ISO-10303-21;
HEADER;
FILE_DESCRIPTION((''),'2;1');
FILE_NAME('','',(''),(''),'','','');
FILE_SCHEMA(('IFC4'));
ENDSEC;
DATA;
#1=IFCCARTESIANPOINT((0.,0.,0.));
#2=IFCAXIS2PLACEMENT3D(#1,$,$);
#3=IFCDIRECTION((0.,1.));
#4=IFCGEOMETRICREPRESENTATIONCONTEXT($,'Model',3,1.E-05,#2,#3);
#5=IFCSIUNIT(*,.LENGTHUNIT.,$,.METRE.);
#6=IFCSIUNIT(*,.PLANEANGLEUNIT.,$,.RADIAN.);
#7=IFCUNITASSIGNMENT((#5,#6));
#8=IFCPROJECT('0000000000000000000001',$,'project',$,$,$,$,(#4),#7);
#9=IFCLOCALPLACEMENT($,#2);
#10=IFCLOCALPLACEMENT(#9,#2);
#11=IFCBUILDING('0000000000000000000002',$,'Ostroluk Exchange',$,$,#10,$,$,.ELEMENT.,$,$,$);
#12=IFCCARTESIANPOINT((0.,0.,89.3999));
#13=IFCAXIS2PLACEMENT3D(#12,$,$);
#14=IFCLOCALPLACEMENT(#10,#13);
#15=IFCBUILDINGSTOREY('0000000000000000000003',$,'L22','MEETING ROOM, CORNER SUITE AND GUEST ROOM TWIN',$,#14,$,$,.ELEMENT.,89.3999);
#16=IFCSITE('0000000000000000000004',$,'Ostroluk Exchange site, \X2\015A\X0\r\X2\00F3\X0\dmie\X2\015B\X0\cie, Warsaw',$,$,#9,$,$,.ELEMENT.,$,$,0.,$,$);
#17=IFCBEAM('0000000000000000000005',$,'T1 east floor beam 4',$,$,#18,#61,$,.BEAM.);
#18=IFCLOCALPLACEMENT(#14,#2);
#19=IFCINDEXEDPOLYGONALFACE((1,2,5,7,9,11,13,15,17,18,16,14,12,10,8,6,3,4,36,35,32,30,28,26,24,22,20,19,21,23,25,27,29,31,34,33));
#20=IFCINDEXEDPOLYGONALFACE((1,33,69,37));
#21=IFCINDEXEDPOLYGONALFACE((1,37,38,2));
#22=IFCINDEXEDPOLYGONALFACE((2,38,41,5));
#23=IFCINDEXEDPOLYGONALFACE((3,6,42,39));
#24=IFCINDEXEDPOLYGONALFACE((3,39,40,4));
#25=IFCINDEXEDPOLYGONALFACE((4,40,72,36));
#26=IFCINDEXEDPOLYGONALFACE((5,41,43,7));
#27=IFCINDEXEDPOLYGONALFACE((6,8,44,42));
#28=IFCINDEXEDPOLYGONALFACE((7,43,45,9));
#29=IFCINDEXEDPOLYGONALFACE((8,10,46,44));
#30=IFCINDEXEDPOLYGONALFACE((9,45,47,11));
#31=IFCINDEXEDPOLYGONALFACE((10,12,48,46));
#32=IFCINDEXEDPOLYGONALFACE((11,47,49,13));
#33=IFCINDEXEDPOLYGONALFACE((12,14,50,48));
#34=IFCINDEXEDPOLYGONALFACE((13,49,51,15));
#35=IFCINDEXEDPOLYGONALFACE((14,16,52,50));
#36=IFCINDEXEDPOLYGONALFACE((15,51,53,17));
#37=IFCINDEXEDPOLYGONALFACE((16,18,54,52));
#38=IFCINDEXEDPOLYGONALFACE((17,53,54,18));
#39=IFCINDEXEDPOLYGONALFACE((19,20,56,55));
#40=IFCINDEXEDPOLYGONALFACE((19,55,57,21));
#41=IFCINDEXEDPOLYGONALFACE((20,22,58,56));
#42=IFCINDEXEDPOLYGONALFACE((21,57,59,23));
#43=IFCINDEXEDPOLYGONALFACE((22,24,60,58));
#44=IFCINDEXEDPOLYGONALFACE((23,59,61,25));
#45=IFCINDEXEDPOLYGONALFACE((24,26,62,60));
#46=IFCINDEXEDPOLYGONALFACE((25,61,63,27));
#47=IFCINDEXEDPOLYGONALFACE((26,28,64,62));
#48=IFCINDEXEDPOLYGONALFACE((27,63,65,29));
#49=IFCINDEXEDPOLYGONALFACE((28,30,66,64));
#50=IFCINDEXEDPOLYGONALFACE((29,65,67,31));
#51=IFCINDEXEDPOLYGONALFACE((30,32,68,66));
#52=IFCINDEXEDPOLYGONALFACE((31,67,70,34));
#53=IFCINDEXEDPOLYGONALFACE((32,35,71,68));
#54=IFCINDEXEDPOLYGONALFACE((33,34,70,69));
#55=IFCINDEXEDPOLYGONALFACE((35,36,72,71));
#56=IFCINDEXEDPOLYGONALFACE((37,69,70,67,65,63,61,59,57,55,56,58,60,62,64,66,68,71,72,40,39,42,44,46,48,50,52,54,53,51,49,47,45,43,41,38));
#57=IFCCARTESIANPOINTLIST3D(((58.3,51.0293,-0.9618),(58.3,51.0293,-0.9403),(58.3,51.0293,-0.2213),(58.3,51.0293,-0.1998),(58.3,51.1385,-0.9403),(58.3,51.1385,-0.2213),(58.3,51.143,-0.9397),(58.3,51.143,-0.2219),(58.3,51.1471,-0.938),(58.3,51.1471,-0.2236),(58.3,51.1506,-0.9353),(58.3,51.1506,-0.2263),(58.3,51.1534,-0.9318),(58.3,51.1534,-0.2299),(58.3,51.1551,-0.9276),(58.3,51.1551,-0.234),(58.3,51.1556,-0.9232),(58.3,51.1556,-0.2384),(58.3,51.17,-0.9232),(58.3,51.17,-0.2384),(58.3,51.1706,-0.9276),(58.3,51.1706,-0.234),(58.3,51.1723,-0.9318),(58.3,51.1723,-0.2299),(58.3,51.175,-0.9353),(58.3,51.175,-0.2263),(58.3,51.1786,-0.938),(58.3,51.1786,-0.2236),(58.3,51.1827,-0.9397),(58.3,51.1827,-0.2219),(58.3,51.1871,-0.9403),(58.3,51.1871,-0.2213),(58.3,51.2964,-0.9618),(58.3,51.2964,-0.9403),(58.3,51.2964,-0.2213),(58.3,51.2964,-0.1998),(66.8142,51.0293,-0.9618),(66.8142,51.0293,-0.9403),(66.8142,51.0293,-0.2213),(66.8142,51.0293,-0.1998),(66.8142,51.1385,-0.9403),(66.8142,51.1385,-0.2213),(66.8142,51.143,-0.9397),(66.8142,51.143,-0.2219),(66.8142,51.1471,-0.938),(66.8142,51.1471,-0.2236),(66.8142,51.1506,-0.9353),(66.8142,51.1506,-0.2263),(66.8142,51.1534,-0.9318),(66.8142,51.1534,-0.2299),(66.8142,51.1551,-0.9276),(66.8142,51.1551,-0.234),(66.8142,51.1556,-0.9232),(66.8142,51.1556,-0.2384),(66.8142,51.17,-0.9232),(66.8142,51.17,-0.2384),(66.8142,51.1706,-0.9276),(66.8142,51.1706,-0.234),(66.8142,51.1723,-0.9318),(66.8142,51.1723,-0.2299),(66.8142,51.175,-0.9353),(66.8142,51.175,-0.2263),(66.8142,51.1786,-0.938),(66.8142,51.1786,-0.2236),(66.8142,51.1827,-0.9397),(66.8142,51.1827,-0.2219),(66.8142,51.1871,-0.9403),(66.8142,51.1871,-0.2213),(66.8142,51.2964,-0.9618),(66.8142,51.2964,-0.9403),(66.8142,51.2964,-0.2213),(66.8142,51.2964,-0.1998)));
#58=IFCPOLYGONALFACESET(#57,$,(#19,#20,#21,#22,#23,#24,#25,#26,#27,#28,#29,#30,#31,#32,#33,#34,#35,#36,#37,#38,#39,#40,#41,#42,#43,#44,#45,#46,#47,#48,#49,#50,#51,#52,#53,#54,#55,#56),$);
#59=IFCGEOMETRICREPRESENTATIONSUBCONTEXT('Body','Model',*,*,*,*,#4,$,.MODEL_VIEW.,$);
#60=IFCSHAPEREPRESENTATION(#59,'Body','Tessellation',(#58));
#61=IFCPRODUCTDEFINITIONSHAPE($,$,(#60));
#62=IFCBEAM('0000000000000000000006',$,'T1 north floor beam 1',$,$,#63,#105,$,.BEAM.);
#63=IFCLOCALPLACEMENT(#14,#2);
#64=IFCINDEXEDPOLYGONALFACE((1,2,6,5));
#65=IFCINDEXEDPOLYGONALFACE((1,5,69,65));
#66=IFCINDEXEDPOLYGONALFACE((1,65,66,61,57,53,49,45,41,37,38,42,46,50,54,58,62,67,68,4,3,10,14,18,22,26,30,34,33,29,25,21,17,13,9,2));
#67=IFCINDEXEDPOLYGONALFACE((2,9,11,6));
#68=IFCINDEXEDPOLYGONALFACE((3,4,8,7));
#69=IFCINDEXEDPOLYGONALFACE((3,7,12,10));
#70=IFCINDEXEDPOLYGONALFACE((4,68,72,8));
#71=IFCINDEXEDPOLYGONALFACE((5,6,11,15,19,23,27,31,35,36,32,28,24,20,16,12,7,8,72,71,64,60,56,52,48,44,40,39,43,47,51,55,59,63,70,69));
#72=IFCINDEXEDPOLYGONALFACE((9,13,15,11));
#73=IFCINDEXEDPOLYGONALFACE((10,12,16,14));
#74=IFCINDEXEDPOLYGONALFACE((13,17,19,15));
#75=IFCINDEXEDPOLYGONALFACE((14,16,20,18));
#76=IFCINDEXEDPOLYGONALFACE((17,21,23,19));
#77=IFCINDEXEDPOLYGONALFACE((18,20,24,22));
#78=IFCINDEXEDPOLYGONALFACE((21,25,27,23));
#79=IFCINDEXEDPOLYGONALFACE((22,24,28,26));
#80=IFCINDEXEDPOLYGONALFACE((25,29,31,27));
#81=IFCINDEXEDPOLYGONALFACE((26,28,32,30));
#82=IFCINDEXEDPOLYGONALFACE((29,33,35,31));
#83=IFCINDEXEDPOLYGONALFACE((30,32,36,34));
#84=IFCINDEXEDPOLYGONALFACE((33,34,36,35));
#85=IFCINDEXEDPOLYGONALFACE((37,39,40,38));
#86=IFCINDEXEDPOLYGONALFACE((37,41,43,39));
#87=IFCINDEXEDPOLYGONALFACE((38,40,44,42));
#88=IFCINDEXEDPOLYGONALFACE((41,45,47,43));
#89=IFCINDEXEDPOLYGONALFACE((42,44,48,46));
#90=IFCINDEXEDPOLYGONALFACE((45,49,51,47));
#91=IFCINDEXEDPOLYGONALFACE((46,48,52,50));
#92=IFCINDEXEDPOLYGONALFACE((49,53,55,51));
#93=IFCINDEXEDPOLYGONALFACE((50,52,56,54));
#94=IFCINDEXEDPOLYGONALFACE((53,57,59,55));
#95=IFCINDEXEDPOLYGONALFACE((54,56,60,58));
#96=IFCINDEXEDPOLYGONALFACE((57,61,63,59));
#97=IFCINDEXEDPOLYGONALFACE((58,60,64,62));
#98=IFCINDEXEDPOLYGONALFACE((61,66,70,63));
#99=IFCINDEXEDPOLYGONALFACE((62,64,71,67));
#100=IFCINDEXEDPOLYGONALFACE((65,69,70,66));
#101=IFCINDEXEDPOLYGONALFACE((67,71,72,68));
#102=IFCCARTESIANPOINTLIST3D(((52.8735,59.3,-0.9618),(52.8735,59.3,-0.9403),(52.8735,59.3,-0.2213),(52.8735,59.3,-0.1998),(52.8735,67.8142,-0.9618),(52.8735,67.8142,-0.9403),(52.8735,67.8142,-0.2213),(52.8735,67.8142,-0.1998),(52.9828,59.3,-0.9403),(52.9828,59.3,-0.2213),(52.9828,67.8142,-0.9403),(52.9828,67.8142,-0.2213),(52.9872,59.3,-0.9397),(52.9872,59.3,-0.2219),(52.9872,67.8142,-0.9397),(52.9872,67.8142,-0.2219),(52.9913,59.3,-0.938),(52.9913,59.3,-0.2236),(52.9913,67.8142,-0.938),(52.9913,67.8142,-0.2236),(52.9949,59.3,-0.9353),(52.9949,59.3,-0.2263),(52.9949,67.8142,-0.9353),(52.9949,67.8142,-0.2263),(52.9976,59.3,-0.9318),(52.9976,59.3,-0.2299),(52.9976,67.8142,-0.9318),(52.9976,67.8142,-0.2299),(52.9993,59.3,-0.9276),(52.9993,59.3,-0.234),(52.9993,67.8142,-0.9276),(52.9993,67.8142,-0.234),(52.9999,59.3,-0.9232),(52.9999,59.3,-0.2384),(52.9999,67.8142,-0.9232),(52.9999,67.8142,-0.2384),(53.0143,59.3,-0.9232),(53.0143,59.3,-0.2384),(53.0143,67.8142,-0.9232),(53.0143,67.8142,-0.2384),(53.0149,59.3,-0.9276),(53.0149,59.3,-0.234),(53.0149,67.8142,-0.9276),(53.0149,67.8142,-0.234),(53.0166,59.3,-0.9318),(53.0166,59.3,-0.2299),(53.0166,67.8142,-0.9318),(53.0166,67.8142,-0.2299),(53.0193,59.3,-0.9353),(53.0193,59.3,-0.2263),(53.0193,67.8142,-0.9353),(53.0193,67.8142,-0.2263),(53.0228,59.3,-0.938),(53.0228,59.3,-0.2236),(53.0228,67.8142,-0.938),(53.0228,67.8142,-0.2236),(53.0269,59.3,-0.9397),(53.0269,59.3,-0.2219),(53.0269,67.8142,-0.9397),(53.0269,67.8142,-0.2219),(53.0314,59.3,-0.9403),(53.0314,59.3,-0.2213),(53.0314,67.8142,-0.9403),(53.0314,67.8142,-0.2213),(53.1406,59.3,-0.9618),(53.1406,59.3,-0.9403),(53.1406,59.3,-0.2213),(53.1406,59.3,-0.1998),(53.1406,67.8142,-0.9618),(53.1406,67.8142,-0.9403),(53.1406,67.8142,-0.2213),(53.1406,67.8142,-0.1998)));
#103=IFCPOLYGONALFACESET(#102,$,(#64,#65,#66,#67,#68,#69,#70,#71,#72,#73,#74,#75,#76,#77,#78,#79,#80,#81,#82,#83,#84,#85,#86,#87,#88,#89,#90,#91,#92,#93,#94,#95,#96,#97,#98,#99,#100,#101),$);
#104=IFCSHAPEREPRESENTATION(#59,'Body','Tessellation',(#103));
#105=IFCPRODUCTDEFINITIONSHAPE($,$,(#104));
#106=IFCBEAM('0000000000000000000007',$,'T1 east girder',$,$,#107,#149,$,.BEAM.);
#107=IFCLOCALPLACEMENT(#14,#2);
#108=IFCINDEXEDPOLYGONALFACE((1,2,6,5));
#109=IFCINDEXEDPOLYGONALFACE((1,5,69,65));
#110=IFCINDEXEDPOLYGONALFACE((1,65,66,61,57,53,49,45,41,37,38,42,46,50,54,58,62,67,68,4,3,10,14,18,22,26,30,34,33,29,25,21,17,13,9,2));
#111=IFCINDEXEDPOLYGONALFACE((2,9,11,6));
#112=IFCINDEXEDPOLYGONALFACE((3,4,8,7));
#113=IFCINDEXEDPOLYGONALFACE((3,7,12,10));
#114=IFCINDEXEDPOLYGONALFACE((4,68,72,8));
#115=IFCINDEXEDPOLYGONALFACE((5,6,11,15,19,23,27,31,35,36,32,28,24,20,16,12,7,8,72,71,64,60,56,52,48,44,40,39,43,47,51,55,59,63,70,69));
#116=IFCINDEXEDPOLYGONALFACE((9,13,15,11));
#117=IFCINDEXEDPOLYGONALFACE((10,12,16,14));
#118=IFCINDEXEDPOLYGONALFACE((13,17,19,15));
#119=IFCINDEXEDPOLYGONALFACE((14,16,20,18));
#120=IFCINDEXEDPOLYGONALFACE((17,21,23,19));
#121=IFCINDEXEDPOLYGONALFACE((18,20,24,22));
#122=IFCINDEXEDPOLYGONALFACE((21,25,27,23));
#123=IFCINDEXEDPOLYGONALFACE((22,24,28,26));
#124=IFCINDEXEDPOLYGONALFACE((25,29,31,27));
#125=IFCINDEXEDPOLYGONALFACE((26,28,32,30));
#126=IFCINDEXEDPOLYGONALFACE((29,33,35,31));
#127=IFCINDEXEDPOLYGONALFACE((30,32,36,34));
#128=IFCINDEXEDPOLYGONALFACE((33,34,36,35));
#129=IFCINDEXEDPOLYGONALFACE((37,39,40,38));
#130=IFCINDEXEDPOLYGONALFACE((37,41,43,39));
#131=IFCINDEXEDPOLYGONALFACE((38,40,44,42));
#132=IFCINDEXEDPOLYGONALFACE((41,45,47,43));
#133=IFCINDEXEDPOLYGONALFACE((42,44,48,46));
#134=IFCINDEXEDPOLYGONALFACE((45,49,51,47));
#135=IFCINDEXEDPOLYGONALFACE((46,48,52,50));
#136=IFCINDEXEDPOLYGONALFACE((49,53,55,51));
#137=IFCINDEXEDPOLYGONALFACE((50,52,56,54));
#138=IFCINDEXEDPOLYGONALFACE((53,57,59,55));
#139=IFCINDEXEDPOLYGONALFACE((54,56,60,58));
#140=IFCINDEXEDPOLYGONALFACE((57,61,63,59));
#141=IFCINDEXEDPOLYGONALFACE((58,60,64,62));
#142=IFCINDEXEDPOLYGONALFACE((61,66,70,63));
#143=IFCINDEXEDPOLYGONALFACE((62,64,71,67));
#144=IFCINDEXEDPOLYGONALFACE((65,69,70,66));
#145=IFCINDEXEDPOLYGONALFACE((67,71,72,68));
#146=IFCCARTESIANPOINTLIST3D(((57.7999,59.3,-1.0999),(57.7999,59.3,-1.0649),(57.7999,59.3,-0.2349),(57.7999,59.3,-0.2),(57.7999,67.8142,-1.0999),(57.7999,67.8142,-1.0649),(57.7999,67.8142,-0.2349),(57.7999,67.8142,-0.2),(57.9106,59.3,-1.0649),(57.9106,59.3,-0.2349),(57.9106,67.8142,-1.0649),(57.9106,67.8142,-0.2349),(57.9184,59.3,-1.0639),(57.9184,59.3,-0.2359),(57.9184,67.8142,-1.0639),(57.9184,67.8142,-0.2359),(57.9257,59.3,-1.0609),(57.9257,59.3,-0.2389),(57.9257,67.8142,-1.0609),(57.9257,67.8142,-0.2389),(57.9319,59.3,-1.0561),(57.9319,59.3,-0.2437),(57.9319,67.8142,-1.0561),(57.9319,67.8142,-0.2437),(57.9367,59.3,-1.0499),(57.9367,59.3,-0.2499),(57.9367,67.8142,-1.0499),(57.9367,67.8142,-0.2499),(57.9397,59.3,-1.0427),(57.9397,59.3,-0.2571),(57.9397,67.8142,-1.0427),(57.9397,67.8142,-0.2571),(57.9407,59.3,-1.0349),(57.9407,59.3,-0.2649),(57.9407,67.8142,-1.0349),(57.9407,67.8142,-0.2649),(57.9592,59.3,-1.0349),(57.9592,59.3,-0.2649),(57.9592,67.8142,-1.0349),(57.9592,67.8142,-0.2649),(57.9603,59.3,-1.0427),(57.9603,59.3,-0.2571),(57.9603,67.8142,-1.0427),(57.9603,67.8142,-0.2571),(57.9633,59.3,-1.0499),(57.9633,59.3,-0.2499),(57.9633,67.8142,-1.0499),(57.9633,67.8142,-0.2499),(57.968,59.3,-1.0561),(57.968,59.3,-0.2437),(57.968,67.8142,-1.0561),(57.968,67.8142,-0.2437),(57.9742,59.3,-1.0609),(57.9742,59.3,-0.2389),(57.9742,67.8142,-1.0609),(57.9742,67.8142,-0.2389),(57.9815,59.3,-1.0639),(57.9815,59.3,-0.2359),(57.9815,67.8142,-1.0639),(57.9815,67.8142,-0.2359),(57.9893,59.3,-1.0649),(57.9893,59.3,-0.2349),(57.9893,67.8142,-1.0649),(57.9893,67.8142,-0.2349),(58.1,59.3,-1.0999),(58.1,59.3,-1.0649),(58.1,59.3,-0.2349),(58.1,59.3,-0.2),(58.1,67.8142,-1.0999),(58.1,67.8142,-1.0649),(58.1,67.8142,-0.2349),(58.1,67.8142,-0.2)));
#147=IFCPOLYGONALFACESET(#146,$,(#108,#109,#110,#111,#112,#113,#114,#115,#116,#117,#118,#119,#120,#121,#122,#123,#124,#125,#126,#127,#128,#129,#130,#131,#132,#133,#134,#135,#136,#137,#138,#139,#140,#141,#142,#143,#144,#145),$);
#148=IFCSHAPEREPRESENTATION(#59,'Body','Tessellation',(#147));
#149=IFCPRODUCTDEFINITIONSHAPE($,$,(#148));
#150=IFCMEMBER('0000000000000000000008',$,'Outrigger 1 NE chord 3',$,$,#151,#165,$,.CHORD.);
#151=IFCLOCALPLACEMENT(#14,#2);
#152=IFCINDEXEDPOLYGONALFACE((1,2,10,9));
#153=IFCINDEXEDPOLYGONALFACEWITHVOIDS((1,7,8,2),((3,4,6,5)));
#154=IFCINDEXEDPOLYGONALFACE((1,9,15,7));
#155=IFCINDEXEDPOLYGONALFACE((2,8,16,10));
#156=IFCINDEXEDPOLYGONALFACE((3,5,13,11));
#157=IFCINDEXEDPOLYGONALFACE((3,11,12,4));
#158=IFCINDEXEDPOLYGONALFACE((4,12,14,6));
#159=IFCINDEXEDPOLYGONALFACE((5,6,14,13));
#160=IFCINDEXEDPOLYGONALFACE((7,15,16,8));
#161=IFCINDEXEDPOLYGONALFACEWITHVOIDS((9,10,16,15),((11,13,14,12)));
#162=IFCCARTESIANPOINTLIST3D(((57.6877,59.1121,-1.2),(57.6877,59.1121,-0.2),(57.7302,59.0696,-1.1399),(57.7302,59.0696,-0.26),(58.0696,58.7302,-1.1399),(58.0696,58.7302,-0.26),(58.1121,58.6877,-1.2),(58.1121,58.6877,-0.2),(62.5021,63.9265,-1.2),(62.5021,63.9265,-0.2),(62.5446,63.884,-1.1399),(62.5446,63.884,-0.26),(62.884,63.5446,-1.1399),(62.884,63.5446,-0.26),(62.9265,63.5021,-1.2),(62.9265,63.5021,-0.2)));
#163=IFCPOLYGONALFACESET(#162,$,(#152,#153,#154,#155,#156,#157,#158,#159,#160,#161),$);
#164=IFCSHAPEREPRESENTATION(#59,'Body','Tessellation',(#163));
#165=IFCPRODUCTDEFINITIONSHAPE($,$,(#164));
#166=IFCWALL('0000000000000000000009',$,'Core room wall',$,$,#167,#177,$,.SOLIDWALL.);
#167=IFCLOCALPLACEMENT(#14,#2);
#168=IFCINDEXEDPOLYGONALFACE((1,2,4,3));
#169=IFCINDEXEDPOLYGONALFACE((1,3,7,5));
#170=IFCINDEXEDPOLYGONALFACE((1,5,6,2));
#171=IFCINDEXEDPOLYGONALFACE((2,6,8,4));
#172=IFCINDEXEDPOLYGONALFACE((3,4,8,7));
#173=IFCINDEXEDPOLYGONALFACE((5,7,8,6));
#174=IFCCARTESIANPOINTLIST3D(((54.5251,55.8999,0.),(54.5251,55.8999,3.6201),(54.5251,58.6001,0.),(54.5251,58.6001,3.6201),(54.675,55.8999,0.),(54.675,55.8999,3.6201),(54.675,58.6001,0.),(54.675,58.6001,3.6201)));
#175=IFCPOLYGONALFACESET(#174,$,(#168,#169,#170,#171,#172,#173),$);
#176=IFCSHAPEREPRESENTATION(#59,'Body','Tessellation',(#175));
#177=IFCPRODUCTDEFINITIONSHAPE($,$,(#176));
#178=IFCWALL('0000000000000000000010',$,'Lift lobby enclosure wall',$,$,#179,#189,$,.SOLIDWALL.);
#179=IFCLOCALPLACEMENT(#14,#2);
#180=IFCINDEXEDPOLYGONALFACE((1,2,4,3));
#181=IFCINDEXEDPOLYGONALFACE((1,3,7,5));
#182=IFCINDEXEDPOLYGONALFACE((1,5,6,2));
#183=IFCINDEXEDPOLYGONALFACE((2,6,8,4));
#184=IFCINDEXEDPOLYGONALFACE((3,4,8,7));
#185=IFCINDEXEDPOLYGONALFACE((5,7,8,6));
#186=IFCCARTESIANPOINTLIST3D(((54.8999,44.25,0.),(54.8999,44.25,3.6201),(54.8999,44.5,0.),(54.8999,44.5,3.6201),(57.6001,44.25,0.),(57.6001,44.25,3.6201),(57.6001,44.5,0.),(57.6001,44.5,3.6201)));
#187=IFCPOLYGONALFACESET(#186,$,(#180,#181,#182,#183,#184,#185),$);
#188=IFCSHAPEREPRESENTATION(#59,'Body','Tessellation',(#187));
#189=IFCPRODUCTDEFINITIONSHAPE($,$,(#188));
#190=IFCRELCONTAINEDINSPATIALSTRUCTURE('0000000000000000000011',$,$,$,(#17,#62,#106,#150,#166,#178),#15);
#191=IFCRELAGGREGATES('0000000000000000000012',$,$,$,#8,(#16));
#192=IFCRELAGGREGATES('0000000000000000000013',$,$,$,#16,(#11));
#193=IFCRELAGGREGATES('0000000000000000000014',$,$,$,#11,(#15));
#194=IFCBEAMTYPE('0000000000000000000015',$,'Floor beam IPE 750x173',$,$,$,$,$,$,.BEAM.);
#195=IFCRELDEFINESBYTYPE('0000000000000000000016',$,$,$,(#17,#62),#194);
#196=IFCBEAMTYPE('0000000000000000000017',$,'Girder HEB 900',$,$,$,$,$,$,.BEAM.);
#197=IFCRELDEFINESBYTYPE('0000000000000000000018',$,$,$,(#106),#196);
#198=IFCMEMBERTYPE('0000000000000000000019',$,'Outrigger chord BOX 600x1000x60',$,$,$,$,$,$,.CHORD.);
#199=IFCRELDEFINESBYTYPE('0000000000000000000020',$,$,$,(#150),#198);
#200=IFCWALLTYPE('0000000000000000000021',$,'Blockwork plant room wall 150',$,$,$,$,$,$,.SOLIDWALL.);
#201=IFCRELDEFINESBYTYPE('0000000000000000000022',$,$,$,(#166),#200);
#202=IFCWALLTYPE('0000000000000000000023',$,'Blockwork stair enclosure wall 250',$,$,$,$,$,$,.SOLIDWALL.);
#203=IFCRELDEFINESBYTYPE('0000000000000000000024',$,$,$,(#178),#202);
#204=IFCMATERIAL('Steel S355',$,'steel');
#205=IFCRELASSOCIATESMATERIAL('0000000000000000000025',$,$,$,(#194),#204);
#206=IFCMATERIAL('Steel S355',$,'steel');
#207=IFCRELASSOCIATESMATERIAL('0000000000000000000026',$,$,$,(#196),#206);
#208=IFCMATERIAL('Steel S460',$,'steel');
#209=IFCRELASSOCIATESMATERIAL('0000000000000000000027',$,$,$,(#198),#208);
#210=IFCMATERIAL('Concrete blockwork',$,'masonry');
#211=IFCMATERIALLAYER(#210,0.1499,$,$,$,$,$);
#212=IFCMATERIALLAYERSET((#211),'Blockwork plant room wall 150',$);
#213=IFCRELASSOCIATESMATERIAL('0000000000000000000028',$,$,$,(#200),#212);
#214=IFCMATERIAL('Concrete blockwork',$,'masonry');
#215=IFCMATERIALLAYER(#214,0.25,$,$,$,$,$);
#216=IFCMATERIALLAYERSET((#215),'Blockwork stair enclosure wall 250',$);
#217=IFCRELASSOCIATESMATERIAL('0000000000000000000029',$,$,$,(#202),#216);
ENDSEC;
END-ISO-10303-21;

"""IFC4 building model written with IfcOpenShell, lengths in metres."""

from ifc_helpers import new_model, si_unit, direction, frame, frame_2d, origin, origin_2d, place, context, subcontext, project, spatial, rectangle, hollow_rectangle, i_section, extrude, material, layer, layer_set, material_profile, profile_set, type_object, element, save


model = new_model("IFC4")

# Units and contexts
model_context = context("Model", 3, precision=1e-05, world=origin(), true_north=direction((0.0, 1.0)))
body_context = subcontext(model_context, "Body", "Model", "MODEL_VIEW")
ifc_project = project(units=[si_unit("LENGTHUNIT", "METRE"), si_unit("PLANEANGLEUNIT", "RADIAN")], contexts=[model_context])

# Site, building, storey
site_placement = place(None, origin())
site = spatial("IfcSite", under=ifc_project, at=site_placement, Name="Ostroluk Exchange site, Śródmieście, Warsaw", CompositionType="ELEMENT", RefElevation=0.0)
building_placement = place(site_placement, origin())
building = spatial("IfcBuilding", under=site, at=building_placement, Name="Ostroluk Exchange", CompositionType="ELEMENT")
storey_placement = place(building_placement, frame((0.0, 0.0, 89.3999)))
storey = spatial("IfcBuildingStorey", under=building, at=storey_placement, Name="L22", Description="MEETING ROOM, CORNER SUITE AND GUEST ROOM TWIN", CompositionType="ELEMENT", Elevation=89.3999)

# Beams
ifc_material_1 = material(Name="Steel S355", Category="steel")
ifc_material_profile_1 = material_profile(ifc_material_1, i_section(OverallWidth=0.2671, OverallDepth=0.762, WebThickness=0.0144, FlangeThickness=0.0215, FilletRadius=0.0171, at=origin_2d()), Name="IPE 750x173")
ifc_profile_set_1 = profile_set([ifc_material_profile_1], Name="Steel S355")
beam_type_1 = type_object("IfcBeamType", Name="Floor beam IPE 750x173", PredefinedType="BEAM", material=ifc_profile_set_1)
for number, where, z_axis, x_axis, name in (
    (1, (58.3, 51.1628, -0.5808), (1.0, 0.0, 0.0), (0.0, 1.0, 0.0), "T1 east floor beam 4"),
    (2, (53.0071, 59.3, -0.5808), (0.0, 1.0, 0.0), (-1.0, 0.0, 0.0), "T1 north floor beam 1"),
):
    element("IfcBeam", number, at=place(storey_placement, frame(where, z_axis=z_axis, x_axis=x_axis)), inside=storey, type_object=beam_type_1, Name=name, PredefinedType="BEAM", context=body_context, shape_type="SweptSolid", body=[
        extrude(i_section(OverallWidth=0.2671, OverallDepth=0.762, WebThickness=0.0144, FlangeThickness=0.0215, FilletRadius=0.0171, at=origin_2d()), origin(), (0.0, 0.0, 1.0), 8.5142),
    ])
ifc_material_2 = material(Name="Steel S355", Category="steel")
ifc_material_profile_2 = material_profile(ifc_material_2, i_section(OverallWidth=0.3, OverallDepth=0.8999, WebThickness=0.0186, FlangeThickness=0.0349, FilletRadius=0.03, at=origin_2d()), Name="HEB 900")
ifc_profile_set_2 = profile_set([ifc_material_profile_2], Name="Steel S355")
beam_type_2 = type_object("IfcBeamType", Name="Girder HEB 900", PredefinedType="BEAM", material=ifc_profile_set_2)
beam_1_placement = place(storey_placement, frame((57.95, 59.3, -0.6499), z_axis=(0.0, 1.0, 0.0), x_axis=(-1.0, 0.0, 0.0)))
element("IfcBeam", 3, at=beam_1_placement, inside=storey, type_object=beam_type_2, Name="T1 east girder", PredefinedType="BEAM", context=body_context, shape_type="SweptSolid", body=[
    extrude(i_section(OverallWidth=0.3, OverallDepth=0.8999, WebThickness=0.0186, FlangeThickness=0.0349, FilletRadius=0.03, at=origin_2d()), origin(), (0.0, 0.0, 1.0), 8.5142),
])

# Member
ifc_material_3 = material(Name="Steel S460", Category="steel")
ifc_material_profile_3 = material_profile(ifc_material_3, hollow_rectangle(XDim=0.6001, YDim=1.0, WallThickness=0.0601, at=origin_2d()), Name="BOX 600x1000x60")
ifc_profile_set_3 = profile_set([ifc_material_profile_3], Name="Steel S460")
member_type = type_object("IfcMemberType", Name="Outrigger chord BOX 600x1000x60", PredefinedType="CHORD", material=ifc_profile_set_3)
member_placement = place(storey_placement, frame((57.8999, 58.8999, -0.7), z_axis=(0.707107, 0.707107, 0.0), x_axis=(-0.707107, 0.707107, 0.0)))
element("IfcMember", 4, at=member_placement, inside=storey, type_object=member_type, Name="Outrigger 1 NE chord 3", PredefinedType="CHORD", context=body_context, shape_type="SweptSolid", body=[
    extrude(hollow_rectangle(XDim=0.6001, YDim=1.0, WallThickness=0.0601, at=origin_2d()), origin(), (0.0, 0.0, 1.0), 6.8086),
])

# Walls
ifc_material_4 = material(Name="Concrete blockwork", Category="masonry")
ifc_layer_1 = layer(ifc_material_4, 0.1499)
ifc_layer_set_1 = layer_set([ifc_layer_1], Name="Blockwork plant room wall 150")
wall_type_1 = type_object("IfcWallType", Name="Blockwork plant room wall 150", PredefinedType="SOLIDWALL", material=ifc_layer_set_1)
wall_1_placement = place(storey_placement, frame((54.6001, 55.8999, 0.0), z_axis=(0.0, 0.0, 1.0), x_axis=(0.0, 1.0, 0.0)))
element("IfcWall", 5, at=wall_1_placement, inside=storey, type_object=wall_type_1, Name="Core room wall", PredefinedType="SOLIDWALL", context=body_context, shape_type="SweptSolid", body=[
    extrude(rectangle(XDim=2.7002, YDim=0.1499, at=frame_2d((1.3501, 0.0))), origin(), (0.0, 0.0, 1.0), 3.6201),
])
ifc_material_5 = material(Name="Concrete blockwork", Category="masonry")
ifc_layer_2 = layer(ifc_material_5, 0.25)
ifc_layer_set_2 = layer_set([ifc_layer_2], Name="Blockwork stair enclosure wall 250")
wall_type_2 = type_object("IfcWallType", Name="Blockwork stair enclosure wall 250", PredefinedType="SOLIDWALL", material=ifc_layer_set_2)
for number, where, z_axis, x_axis, name in (
    (6, (54.8999, 44.375, 0.0), (0.0, 0.0, 1.0), (1.0, 0.0, 0.0), "Lift lobby enclosure wall"),
):
    element("IfcWall", number, at=place(storey_placement, frame(where, z_axis=z_axis, x_axis=x_axis)), inside=storey, type_object=wall_type_2, Name=name, PredefinedType="SOLIDWALL", context=body_context, shape_type="SweptSolid", body=[
        extrude(rectangle(XDim=2.7002, YDim=0.25, at=frame_2d((1.3501, 0.0))), origin(), (0.0, 0.0, 1.0), 3.6201),
    ])

save(model, "model.ifc")
